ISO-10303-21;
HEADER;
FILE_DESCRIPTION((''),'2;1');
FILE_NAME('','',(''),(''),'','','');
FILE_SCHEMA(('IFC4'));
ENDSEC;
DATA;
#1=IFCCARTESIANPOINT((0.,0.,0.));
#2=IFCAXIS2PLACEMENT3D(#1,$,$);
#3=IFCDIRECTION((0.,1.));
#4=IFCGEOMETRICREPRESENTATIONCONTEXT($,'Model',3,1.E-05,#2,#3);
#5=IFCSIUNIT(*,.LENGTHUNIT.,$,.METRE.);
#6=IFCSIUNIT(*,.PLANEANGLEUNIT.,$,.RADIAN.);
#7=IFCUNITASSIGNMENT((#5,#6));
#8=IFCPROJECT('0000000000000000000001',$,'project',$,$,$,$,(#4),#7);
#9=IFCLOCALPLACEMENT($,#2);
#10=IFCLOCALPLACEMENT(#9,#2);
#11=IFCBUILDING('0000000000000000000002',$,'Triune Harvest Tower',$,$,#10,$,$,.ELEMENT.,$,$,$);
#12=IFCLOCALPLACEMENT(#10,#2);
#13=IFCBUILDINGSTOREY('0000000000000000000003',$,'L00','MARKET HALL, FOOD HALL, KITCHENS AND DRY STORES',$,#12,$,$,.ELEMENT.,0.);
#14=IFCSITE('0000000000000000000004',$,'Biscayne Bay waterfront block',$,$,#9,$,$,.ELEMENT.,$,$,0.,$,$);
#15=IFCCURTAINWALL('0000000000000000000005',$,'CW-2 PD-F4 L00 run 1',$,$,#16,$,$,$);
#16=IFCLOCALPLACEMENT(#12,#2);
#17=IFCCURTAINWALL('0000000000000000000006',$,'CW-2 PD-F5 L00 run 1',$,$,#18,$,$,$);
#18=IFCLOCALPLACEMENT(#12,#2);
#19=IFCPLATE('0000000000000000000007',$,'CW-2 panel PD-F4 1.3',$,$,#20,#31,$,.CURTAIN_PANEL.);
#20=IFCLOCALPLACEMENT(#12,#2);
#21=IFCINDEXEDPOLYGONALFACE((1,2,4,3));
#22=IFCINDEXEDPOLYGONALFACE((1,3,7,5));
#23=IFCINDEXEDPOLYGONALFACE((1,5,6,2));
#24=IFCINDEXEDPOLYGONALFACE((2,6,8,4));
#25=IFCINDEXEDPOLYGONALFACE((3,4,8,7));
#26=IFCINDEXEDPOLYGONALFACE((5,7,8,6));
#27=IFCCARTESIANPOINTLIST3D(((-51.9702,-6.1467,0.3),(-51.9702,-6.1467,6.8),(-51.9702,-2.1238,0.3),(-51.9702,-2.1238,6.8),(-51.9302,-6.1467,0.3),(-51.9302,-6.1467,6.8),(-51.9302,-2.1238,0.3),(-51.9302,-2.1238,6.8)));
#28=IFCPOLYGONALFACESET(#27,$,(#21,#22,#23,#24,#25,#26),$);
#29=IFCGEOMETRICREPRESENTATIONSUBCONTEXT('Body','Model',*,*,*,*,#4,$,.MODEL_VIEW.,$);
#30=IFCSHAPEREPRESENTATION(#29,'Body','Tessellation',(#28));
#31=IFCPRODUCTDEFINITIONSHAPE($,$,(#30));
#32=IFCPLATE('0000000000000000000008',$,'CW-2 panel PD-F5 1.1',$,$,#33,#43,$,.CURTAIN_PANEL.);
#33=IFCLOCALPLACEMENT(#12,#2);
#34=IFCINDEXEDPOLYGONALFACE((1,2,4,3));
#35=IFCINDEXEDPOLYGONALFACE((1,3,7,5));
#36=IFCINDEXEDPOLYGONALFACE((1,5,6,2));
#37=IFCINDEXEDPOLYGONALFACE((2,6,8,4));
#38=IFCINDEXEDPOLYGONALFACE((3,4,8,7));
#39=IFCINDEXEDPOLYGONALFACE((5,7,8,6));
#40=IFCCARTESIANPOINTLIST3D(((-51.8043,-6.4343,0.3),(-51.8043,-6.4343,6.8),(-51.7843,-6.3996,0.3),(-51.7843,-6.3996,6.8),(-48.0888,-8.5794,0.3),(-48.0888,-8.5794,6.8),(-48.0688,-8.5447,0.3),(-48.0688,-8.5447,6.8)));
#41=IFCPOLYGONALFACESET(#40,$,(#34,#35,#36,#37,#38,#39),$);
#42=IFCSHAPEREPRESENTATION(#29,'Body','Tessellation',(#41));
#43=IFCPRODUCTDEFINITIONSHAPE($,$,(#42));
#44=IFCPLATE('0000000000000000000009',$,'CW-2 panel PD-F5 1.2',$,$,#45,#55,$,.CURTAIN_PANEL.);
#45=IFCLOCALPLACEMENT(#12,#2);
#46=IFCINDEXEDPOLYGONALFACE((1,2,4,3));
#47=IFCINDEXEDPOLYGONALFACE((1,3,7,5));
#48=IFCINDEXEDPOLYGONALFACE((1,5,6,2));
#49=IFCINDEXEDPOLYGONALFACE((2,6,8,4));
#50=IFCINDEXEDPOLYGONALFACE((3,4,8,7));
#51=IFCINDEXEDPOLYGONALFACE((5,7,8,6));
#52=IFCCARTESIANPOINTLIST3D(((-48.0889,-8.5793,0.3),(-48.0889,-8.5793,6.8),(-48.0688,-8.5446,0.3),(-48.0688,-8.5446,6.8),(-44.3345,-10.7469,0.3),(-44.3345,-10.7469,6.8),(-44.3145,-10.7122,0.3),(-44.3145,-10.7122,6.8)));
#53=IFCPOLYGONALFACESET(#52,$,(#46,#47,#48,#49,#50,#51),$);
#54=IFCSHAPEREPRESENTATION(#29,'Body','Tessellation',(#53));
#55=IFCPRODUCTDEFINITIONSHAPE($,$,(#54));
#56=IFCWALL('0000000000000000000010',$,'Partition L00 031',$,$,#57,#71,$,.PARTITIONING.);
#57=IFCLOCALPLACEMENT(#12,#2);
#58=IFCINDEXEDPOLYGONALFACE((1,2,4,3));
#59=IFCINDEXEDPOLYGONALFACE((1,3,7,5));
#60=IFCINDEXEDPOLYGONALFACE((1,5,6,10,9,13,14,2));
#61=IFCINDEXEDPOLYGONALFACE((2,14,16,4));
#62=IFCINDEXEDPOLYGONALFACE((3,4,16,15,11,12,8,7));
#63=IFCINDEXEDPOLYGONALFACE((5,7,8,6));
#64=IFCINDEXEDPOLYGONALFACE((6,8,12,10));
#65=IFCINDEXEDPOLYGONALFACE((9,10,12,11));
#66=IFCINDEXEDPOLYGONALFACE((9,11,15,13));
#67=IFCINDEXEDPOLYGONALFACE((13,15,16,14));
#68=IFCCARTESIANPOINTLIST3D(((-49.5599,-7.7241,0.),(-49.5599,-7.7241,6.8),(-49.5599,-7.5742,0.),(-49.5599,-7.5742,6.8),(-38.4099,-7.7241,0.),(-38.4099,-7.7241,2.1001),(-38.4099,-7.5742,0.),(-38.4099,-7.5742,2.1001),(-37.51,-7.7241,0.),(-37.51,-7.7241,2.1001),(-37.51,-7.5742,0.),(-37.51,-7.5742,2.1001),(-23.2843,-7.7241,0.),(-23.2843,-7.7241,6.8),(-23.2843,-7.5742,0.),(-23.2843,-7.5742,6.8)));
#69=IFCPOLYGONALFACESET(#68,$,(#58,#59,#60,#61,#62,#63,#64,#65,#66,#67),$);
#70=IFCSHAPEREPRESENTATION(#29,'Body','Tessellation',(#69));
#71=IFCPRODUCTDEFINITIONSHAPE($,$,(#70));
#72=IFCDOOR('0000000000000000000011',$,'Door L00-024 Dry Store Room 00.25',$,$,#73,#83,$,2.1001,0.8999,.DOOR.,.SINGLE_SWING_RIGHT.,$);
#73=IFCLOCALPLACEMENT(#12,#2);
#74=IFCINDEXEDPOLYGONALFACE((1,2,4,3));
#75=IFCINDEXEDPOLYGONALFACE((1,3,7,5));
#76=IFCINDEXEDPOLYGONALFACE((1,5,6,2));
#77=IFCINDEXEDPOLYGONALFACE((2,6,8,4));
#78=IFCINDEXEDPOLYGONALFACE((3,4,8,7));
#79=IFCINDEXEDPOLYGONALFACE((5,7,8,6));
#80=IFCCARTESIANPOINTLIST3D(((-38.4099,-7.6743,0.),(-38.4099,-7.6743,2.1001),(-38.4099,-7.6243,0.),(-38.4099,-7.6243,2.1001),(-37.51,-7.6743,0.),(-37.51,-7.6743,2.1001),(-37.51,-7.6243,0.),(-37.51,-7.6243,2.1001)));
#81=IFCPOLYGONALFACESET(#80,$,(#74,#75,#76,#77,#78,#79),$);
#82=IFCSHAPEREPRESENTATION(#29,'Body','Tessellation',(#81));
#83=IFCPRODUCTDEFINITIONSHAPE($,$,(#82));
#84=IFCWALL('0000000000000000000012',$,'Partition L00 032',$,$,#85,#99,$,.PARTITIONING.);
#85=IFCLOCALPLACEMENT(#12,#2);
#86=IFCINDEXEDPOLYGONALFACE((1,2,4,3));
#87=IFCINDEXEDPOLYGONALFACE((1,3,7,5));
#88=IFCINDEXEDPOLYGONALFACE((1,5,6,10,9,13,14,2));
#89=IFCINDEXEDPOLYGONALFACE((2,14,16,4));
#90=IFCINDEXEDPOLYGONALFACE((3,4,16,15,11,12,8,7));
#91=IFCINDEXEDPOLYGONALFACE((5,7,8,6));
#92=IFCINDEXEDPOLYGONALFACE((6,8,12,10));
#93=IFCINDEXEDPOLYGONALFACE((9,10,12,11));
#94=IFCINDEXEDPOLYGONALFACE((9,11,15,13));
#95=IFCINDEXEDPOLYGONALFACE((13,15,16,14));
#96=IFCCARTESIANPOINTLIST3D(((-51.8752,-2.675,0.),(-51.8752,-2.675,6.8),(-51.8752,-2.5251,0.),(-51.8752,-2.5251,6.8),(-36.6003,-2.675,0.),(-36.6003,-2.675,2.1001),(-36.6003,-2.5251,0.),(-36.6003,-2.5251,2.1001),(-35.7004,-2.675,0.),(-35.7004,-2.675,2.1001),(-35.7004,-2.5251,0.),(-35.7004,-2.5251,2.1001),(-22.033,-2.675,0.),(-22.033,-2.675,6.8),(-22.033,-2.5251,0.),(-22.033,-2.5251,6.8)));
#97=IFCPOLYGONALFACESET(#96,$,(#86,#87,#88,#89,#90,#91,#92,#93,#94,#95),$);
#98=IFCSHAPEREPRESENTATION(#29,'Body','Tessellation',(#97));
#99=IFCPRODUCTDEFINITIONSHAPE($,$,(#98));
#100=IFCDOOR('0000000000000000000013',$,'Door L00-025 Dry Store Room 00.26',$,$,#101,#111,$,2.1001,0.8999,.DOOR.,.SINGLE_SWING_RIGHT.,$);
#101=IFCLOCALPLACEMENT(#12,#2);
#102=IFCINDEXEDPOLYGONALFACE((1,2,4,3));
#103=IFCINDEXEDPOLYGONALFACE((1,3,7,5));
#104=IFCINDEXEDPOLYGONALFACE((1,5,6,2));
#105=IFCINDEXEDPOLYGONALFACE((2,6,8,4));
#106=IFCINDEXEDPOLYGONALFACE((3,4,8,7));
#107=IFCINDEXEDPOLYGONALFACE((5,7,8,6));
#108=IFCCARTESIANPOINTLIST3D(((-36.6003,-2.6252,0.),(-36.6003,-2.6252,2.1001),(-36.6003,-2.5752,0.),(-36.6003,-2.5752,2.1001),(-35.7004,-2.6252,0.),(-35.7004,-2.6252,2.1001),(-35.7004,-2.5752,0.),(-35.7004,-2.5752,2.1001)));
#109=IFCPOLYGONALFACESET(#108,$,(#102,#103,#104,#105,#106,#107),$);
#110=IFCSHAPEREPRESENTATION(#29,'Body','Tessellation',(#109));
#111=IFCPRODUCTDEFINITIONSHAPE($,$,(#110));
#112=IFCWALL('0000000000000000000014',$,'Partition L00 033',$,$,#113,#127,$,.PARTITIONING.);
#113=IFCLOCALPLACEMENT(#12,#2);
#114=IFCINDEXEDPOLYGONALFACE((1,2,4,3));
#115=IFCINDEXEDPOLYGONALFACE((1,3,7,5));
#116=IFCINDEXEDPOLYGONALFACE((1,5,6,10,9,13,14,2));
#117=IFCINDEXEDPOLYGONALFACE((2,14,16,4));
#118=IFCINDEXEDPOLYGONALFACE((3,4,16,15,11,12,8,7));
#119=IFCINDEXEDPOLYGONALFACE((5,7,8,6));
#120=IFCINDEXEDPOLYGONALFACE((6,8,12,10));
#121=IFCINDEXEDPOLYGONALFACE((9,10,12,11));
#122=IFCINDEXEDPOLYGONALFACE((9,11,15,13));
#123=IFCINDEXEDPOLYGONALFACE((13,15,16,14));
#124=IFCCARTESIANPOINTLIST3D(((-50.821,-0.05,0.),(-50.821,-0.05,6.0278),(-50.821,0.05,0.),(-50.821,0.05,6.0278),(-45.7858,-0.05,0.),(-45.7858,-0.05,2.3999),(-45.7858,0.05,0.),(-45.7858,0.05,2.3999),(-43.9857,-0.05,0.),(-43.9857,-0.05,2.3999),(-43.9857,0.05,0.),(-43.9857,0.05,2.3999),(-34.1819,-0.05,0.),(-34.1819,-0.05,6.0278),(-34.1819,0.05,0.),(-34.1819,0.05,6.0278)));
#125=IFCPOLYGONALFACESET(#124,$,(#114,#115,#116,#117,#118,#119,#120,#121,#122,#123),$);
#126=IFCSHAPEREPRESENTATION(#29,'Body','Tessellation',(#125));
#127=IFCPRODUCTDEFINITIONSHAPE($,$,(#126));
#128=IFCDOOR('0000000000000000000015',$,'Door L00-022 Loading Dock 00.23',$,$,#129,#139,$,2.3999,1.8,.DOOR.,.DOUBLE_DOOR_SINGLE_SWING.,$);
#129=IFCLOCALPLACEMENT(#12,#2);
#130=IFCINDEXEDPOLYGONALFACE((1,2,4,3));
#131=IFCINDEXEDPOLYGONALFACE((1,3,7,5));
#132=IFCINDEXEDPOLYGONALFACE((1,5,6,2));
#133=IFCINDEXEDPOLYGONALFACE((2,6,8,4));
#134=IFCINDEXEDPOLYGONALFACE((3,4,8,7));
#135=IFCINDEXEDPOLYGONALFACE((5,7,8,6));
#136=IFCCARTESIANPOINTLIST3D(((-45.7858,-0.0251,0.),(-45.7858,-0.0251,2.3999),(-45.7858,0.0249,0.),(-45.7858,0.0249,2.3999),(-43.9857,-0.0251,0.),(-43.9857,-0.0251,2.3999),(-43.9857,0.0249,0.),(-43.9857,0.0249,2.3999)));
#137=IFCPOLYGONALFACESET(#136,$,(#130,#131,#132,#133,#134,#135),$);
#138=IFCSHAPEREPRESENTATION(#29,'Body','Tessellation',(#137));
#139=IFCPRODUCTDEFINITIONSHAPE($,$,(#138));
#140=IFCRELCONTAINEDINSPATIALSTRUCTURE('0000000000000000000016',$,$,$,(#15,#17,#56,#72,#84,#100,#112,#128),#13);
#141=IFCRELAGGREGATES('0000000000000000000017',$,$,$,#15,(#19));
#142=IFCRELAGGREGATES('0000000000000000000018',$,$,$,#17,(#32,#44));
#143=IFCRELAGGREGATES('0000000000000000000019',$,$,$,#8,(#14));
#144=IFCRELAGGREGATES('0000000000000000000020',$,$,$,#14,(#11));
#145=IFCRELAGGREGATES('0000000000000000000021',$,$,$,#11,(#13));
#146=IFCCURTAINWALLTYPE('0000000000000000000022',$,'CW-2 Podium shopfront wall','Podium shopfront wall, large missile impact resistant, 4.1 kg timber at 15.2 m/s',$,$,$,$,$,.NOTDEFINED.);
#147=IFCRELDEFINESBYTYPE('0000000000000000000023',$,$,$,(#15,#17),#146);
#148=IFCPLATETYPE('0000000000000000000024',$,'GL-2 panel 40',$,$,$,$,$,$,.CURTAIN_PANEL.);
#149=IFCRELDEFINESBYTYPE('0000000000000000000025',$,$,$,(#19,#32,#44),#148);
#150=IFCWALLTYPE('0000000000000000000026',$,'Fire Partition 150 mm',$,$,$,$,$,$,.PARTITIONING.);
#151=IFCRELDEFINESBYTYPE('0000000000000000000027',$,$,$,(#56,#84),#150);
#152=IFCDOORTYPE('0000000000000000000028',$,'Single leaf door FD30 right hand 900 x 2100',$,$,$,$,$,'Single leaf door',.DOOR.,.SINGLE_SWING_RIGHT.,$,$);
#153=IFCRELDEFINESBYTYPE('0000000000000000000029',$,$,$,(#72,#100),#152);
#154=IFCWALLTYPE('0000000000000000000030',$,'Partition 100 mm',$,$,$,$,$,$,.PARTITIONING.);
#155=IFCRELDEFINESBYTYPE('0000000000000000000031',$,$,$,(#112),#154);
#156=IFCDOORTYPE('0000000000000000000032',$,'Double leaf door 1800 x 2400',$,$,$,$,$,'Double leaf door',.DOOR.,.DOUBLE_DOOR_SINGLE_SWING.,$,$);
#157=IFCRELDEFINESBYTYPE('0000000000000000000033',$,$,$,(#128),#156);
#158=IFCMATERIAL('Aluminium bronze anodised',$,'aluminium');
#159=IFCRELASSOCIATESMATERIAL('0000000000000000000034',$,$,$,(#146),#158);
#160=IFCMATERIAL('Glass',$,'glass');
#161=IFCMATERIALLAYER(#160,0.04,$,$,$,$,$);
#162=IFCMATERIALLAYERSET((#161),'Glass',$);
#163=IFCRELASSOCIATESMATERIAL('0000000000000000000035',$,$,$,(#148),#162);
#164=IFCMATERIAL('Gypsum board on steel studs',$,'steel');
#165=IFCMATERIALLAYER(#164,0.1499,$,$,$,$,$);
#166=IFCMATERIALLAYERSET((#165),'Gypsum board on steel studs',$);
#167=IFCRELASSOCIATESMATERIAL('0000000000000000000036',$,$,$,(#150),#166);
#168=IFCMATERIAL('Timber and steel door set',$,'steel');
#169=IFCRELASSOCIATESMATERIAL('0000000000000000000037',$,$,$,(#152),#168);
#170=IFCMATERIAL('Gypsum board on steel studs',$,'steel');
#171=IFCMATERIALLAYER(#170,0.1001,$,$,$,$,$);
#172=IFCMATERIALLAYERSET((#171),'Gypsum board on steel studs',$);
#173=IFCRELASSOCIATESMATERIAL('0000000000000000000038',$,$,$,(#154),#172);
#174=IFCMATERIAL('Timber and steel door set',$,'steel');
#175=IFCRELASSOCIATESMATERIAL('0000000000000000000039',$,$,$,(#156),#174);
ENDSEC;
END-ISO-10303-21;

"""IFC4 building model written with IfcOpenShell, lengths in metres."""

from ifc_helpers import new_model, si_unit, direction, frame, frame_2d, origin, origin_2d, place, context, subcontext, project, spatial, rectangle, extrude, source, transform, mapped, material, layer, layer_set, type_object, element, fill, aggregate, save


model = new_model("IFC4")

# Units and contexts
model_context = context("Model", 3, precision=1e-05, world=origin(), true_north=direction((0.0, 1.0)))
body_context = subcontext(model_context, "Body", "Model", "MODEL_VIEW")
ifc_project = project(units=[si_unit("LENGTHUNIT", "METRE"), si_unit("PLANEANGLEUNIT", "RADIAN")], contexts=[model_context])

# Site, building, storey
site_placement = place(None, origin())
site = spatial("IfcSite", under=ifc_project, at=site_placement, Name="Biscayne Bay waterfront block", CompositionType="ELEMENT", RefElevation=0.0)
building_placement = place(site_placement, origin())
building = spatial("IfcBuilding", under=site, at=building_placement, Name="Triune Harvest Tower", CompositionType="ELEMENT")
storey_placement = place(building_placement, origin())
storey = spatial("IfcBuildingStorey", under=building, at=storey_placement, Name="L00", Description="MARKET HALL, FOOD HALL, KITCHENS AND DRY STORES", CompositionType="ELEMENT", Elevation=0.0)

# Curtain walls
ifc_material_1 = material(Name="Aluminium bronze anodised", Category="aluminium")
curtain_wall_type = type_object("IfcCurtainWallType", Name="CW-2 Podium shopfront wall", Description="Podium shopfront wall, large missile impact resistant, 4.1 kg timber at 15.2 m/s", PredefinedType="NOTDEFINED", material=ifc_material_1)
curtain_wall_1_placement = place(storey_placement, origin())
curtain_wall_1 = element("IfcCurtainWall", 1, at=curtain_wall_1_placement, inside=storey, type_object=curtain_wall_type, Name="CW-2 PD-F4 L00 run 1")
curtain_wall_2_placement = place(storey_placement, origin())
curtain_wall_2 = element("IfcCurtainWall", 2, at=curtain_wall_2_placement, inside=storey, type_object=curtain_wall_type, Name="CW-2 PD-F5 L00 run 1")

# Plates
ifc_material_2 = material(Name="Glass", Category="glass")
ifc_layer_1 = layer(ifc_material_2, 0.04)
ifc_layer_set_1 = layer_set([ifc_layer_1], Name="Glass")
plate_type = type_object("IfcPlateType", Name="GL-2 panel 40", PredefinedType="CURTAIN_PANEL", material=ifc_layer_set_1)
plate_1_placement = place(storey_placement, frame((-51.9502, -4.1353, 0.3), z_axis=(0.0, 0.0, 1.0), x_axis=(0.0, -1.0, 0.0)))
plate_1 = element("IfcPlate", 3, at=plate_1_placement, type_object=plate_type, Name="CW-2 panel PD-F4 1.3", PredefinedType="CURTAIN_PANEL", context=body_context, shape_type="SweptSolid", body=[
    extrude(rectangle(XDim=4.0229, YDim=0.04, at=origin_2d()), origin(), (0.0, 0.0, 1.0), 6.5),
])
aggregate(curtain_wall_1, [plate_1])
shared_shape_1 = source(origin(), body_context, "Body", "SweptSolid", [
    extrude(rectangle(XDim=4.2903, YDim=0.04, at=origin_2d()), origin(), (0.0, 0.0, 1.0), 6.5),
])
plate_2_placement = place(storey_placement, frame((-49.9365, -7.4895, 0.3), z_axis=(0.0, 0.0, 1.0), x_axis=(0.866025, -0.5, 0.0)))
plate_2 = element("IfcPlate", 4, at=plate_2_placement, type_object=plate_type, Name="CW-2 panel PD-F5 1.1", PredefinedType="CURTAIN_PANEL", context=body_context, shape_type="MappedRepresentation", body=[
    mapped(shared_shape_1, transform((0.0, 0.0, 0.0), scale=1.0)),
])
shared_shape_2 = source(origin(), body_context, "Body", "SweptSolid", [
    extrude(rectangle(XDim=4.3352, YDim=0.04, at=origin_2d()), origin(), (0.0, 0.0, 1.0), 6.5),
])
plate_3_placement = place(storey_placement, frame((-46.2017, -9.6458, 0.3), z_axis=(0.0, 0.0, 1.0), x_axis=(0.866025, -0.5, 0.0)))
plate_3 = element("IfcPlate", 5, at=plate_3_placement, type_object=plate_type, Name="CW-2 panel PD-F5 1.2", PredefinedType="CURTAIN_PANEL", context=body_context, shape_type="MappedRepresentation", body=[
    mapped(shared_shape_2, transform((0.0, 0.0, 0.0), scale=1.0)),
])
aggregate(curtain_wall_2, [plate_2, plate_3])

# Walls, openings, doors
ifc_material_3 = material(Name="Gypsum board on steel studs", Category="steel")
ifc_layer_2 = layer(ifc_material_3, 0.1499)
ifc_layer_set_2 = layer_set([ifc_layer_2], Name="Gypsum board on steel studs")
wall_type_1 = type_object("IfcWallType", Name="Fire Partition 150 mm", PredefinedType="PARTITIONING", material=ifc_layer_set_2)
wall_1_placement = place(storey_placement, frame((-49.5598, -7.6492, 0.0), z_axis=(0.0, 0.0, 1.0), x_axis=(1.0, 0.0, 0.0)))
wall_1 = element("IfcWall", 6, at=wall_1_placement, inside=storey, type_object=wall_type_1, Name="Partition L00 031", PredefinedType="PARTITIONING", context=body_context, shape_type="SweptSolid", body=[
    extrude(rectangle(XDim=26.2756, YDim=0.1499, at=frame_2d((13.1377, 0.0))), origin(), (0.0, 0.0, 1.0), 6.8),
])
opening_1_placement = place(wall_1_placement, frame((11.1499, 0.0, 0.0)))
opening_1 = element("IfcOpeningElement", 7, at=opening_1_placement, cuts=wall_1, PredefinedType="OPENING", context=body_context, shape_type="SweptSolid", body=[
    extrude(rectangle(XDim=0.8999, YDim=2.1001, at=frame_2d((0.45, 1.05))), frame((0.0, 0.085, 0.0), z_axis=(0.0, -1.0, 0.0), x_axis=(1.0, 0.0, 0.0)), (0.0, 0.0, 1.0), 0.1699),
])
ifc_material_4 = material(Name="Timber and steel door set", Category="steel")
door_type_1 = type_object("IfcDoorType", Name="Single leaf door FD30 right hand 900 x 2100", ElementType="Single leaf door", OperationType="SINGLE_SWING_RIGHT", PredefinedType="DOOR", material=ifc_material_4)
door_1_placement = place(opening_1_placement, origin())
door_1 = element("IfcDoor", 8, at=door_1_placement, inside=storey, type_object=door_type_1, Name="Door L00-024 Dry Store Room 00.25", OperationType="SINGLE_SWING_RIGHT", OverallHeight=2.1001, OverallWidth=0.8999, PredefinedType="DOOR", context=body_context, shape_type="SweptSolid", body=[
    extrude(rectangle(XDim=0.8999, YDim=2.1001, at=frame_2d((0.45, 1.05))), frame((0.0, 0.0249, 0.0), z_axis=(0.0, -1.0, 0.0), x_axis=(1.0, 0.0, 0.0)), (0.0, 0.0, 1.0), 0.05),
])
fill(opening_1, door_1)
wall_2_placement = place(storey_placement, frame((-51.8752, -2.6001, 0.0), z_axis=(0.0, 0.0, 1.0), x_axis=(1.0, 0.0, 0.0)))
wall_2 = element("IfcWall", 9, at=wall_2_placement, inside=storey, type_object=wall_type_1, Name="Partition L00 032", PredefinedType="PARTITIONING", context=body_context, shape_type="SweptSolid", body=[
    extrude(rectangle(XDim=29.8423, YDim=0.1499, at=frame_2d((14.9211, 0.0))), origin(), (0.0, 0.0, 1.0), 6.8),
])
opening_2_placement = place(wall_2_placement, frame((15.2749, 0.0, 0.0)))
opening_2 = element("IfcOpeningElement", 10, at=opening_2_placement, cuts=wall_2, PredefinedType="OPENING", context=body_context, shape_type="SweptSolid", body=[
    extrude(rectangle(XDim=0.8999, YDim=2.1001, at=frame_2d((0.45, 1.05))), frame((0.0, 0.085, 0.0), z_axis=(0.0, -1.0, 0.0), x_axis=(1.0, 0.0, 0.0)), (0.0, 0.0, 1.0), 0.1699),
])
door_2_placement = place(opening_2_placement, origin())
door_2 = element("IfcDoor", 11, at=door_2_placement, inside=storey, type_object=door_type_1, Name="Door L00-025 Dry Store Room 00.26", OperationType="SINGLE_SWING_RIGHT", OverallHeight=2.1001, OverallWidth=0.8999, PredefinedType="DOOR", context=body_context, shape_type="SweptSolid", body=[
    extrude(rectangle(XDim=0.8999, YDim=2.1001, at=frame_2d((0.45, 1.05))), frame((0.0, 0.0249, 0.0), z_axis=(0.0, -1.0, 0.0), x_axis=(1.0, 0.0, 0.0)), (0.0, 0.0, 1.0), 0.05),
])
fill(opening_2, door_2)
ifc_material_5 = material(Name="Gypsum board on steel studs", Category="steel")
ifc_layer_3 = layer(ifc_material_5, 0.1001)
ifc_layer_set_3 = layer_set([ifc_layer_3], Name="Gypsum board on steel studs")
wall_type_2 = type_object("IfcWallType", Name="Partition 100 mm", PredefinedType="PARTITIONING", material=ifc_layer_set_3)
wall_3_placement = place(storey_placement, frame((-50.821, 0.0, 0.0), z_axis=(0.0, 0.0, 1.0), x_axis=(1.0, 0.0, 0.0)))
wall_3 = element("IfcWall", 12, at=wall_3_placement, inside=storey, type_object=wall_type_2, Name="Partition L00 033", PredefinedType="PARTITIONING", context=body_context, shape_type="SweptSolid", body=[
    extrude(rectangle(XDim=16.6392, YDim=0.1001, at=frame_2d((8.3196, 0.0))), origin(), (0.0, 0.0, 1.0), 6.0278),
])
opening_3_placement = place(wall_3_placement, frame((5.0354, 0.0, 0.0)))
opening_3 = element("IfcOpeningElement", 13, at=opening_3_placement, cuts=wall_3, PredefinedType="OPENING", context=body_context, shape_type="SweptSolid", body=[
    extrude(rectangle(XDim=1.8, YDim=2.3999, at=frame_2d((0.8999, 1.2))), frame((0.0, 0.0601, 0.0), z_axis=(0.0, -1.0, 0.0), x_axis=(1.0, 0.0, 0.0)), (0.0, 0.0, 1.0), 0.1201),
])
ifc_material_6 = material(Name="Timber and steel door set", Category="steel")
door_type_2 = type_object("IfcDoorType", Name="Double leaf door 1800 x 2400", ElementType="Double leaf door", OperationType="DOUBLE_DOOR_SINGLE_SWING", PredefinedType="DOOR", material=ifc_material_6)
door_3_placement = place(opening_3_placement, origin())
door_3 = element("IfcDoor", 14, at=door_3_placement, inside=storey, type_object=door_type_2, Name="Door L00-022 Loading Dock 00.23", OperationType="DOUBLE_DOOR_SINGLE_SWING", OverallHeight=2.3999, OverallWidth=1.8, PredefinedType="DOOR", context=body_context, shape_type="SweptSolid", body=[
    extrude(rectangle(XDim=1.8, YDim=2.3999, at=frame_2d((0.8999, 1.2))), frame((0.0, 0.0249, 0.0), z_axis=(0.0, -1.0, 0.0), x_axis=(1.0, 0.0, 0.0)), (0.0, 0.0, 1.0), 0.05),
])
fill(opening_3, door_3)

save(model, "model.ifc")
